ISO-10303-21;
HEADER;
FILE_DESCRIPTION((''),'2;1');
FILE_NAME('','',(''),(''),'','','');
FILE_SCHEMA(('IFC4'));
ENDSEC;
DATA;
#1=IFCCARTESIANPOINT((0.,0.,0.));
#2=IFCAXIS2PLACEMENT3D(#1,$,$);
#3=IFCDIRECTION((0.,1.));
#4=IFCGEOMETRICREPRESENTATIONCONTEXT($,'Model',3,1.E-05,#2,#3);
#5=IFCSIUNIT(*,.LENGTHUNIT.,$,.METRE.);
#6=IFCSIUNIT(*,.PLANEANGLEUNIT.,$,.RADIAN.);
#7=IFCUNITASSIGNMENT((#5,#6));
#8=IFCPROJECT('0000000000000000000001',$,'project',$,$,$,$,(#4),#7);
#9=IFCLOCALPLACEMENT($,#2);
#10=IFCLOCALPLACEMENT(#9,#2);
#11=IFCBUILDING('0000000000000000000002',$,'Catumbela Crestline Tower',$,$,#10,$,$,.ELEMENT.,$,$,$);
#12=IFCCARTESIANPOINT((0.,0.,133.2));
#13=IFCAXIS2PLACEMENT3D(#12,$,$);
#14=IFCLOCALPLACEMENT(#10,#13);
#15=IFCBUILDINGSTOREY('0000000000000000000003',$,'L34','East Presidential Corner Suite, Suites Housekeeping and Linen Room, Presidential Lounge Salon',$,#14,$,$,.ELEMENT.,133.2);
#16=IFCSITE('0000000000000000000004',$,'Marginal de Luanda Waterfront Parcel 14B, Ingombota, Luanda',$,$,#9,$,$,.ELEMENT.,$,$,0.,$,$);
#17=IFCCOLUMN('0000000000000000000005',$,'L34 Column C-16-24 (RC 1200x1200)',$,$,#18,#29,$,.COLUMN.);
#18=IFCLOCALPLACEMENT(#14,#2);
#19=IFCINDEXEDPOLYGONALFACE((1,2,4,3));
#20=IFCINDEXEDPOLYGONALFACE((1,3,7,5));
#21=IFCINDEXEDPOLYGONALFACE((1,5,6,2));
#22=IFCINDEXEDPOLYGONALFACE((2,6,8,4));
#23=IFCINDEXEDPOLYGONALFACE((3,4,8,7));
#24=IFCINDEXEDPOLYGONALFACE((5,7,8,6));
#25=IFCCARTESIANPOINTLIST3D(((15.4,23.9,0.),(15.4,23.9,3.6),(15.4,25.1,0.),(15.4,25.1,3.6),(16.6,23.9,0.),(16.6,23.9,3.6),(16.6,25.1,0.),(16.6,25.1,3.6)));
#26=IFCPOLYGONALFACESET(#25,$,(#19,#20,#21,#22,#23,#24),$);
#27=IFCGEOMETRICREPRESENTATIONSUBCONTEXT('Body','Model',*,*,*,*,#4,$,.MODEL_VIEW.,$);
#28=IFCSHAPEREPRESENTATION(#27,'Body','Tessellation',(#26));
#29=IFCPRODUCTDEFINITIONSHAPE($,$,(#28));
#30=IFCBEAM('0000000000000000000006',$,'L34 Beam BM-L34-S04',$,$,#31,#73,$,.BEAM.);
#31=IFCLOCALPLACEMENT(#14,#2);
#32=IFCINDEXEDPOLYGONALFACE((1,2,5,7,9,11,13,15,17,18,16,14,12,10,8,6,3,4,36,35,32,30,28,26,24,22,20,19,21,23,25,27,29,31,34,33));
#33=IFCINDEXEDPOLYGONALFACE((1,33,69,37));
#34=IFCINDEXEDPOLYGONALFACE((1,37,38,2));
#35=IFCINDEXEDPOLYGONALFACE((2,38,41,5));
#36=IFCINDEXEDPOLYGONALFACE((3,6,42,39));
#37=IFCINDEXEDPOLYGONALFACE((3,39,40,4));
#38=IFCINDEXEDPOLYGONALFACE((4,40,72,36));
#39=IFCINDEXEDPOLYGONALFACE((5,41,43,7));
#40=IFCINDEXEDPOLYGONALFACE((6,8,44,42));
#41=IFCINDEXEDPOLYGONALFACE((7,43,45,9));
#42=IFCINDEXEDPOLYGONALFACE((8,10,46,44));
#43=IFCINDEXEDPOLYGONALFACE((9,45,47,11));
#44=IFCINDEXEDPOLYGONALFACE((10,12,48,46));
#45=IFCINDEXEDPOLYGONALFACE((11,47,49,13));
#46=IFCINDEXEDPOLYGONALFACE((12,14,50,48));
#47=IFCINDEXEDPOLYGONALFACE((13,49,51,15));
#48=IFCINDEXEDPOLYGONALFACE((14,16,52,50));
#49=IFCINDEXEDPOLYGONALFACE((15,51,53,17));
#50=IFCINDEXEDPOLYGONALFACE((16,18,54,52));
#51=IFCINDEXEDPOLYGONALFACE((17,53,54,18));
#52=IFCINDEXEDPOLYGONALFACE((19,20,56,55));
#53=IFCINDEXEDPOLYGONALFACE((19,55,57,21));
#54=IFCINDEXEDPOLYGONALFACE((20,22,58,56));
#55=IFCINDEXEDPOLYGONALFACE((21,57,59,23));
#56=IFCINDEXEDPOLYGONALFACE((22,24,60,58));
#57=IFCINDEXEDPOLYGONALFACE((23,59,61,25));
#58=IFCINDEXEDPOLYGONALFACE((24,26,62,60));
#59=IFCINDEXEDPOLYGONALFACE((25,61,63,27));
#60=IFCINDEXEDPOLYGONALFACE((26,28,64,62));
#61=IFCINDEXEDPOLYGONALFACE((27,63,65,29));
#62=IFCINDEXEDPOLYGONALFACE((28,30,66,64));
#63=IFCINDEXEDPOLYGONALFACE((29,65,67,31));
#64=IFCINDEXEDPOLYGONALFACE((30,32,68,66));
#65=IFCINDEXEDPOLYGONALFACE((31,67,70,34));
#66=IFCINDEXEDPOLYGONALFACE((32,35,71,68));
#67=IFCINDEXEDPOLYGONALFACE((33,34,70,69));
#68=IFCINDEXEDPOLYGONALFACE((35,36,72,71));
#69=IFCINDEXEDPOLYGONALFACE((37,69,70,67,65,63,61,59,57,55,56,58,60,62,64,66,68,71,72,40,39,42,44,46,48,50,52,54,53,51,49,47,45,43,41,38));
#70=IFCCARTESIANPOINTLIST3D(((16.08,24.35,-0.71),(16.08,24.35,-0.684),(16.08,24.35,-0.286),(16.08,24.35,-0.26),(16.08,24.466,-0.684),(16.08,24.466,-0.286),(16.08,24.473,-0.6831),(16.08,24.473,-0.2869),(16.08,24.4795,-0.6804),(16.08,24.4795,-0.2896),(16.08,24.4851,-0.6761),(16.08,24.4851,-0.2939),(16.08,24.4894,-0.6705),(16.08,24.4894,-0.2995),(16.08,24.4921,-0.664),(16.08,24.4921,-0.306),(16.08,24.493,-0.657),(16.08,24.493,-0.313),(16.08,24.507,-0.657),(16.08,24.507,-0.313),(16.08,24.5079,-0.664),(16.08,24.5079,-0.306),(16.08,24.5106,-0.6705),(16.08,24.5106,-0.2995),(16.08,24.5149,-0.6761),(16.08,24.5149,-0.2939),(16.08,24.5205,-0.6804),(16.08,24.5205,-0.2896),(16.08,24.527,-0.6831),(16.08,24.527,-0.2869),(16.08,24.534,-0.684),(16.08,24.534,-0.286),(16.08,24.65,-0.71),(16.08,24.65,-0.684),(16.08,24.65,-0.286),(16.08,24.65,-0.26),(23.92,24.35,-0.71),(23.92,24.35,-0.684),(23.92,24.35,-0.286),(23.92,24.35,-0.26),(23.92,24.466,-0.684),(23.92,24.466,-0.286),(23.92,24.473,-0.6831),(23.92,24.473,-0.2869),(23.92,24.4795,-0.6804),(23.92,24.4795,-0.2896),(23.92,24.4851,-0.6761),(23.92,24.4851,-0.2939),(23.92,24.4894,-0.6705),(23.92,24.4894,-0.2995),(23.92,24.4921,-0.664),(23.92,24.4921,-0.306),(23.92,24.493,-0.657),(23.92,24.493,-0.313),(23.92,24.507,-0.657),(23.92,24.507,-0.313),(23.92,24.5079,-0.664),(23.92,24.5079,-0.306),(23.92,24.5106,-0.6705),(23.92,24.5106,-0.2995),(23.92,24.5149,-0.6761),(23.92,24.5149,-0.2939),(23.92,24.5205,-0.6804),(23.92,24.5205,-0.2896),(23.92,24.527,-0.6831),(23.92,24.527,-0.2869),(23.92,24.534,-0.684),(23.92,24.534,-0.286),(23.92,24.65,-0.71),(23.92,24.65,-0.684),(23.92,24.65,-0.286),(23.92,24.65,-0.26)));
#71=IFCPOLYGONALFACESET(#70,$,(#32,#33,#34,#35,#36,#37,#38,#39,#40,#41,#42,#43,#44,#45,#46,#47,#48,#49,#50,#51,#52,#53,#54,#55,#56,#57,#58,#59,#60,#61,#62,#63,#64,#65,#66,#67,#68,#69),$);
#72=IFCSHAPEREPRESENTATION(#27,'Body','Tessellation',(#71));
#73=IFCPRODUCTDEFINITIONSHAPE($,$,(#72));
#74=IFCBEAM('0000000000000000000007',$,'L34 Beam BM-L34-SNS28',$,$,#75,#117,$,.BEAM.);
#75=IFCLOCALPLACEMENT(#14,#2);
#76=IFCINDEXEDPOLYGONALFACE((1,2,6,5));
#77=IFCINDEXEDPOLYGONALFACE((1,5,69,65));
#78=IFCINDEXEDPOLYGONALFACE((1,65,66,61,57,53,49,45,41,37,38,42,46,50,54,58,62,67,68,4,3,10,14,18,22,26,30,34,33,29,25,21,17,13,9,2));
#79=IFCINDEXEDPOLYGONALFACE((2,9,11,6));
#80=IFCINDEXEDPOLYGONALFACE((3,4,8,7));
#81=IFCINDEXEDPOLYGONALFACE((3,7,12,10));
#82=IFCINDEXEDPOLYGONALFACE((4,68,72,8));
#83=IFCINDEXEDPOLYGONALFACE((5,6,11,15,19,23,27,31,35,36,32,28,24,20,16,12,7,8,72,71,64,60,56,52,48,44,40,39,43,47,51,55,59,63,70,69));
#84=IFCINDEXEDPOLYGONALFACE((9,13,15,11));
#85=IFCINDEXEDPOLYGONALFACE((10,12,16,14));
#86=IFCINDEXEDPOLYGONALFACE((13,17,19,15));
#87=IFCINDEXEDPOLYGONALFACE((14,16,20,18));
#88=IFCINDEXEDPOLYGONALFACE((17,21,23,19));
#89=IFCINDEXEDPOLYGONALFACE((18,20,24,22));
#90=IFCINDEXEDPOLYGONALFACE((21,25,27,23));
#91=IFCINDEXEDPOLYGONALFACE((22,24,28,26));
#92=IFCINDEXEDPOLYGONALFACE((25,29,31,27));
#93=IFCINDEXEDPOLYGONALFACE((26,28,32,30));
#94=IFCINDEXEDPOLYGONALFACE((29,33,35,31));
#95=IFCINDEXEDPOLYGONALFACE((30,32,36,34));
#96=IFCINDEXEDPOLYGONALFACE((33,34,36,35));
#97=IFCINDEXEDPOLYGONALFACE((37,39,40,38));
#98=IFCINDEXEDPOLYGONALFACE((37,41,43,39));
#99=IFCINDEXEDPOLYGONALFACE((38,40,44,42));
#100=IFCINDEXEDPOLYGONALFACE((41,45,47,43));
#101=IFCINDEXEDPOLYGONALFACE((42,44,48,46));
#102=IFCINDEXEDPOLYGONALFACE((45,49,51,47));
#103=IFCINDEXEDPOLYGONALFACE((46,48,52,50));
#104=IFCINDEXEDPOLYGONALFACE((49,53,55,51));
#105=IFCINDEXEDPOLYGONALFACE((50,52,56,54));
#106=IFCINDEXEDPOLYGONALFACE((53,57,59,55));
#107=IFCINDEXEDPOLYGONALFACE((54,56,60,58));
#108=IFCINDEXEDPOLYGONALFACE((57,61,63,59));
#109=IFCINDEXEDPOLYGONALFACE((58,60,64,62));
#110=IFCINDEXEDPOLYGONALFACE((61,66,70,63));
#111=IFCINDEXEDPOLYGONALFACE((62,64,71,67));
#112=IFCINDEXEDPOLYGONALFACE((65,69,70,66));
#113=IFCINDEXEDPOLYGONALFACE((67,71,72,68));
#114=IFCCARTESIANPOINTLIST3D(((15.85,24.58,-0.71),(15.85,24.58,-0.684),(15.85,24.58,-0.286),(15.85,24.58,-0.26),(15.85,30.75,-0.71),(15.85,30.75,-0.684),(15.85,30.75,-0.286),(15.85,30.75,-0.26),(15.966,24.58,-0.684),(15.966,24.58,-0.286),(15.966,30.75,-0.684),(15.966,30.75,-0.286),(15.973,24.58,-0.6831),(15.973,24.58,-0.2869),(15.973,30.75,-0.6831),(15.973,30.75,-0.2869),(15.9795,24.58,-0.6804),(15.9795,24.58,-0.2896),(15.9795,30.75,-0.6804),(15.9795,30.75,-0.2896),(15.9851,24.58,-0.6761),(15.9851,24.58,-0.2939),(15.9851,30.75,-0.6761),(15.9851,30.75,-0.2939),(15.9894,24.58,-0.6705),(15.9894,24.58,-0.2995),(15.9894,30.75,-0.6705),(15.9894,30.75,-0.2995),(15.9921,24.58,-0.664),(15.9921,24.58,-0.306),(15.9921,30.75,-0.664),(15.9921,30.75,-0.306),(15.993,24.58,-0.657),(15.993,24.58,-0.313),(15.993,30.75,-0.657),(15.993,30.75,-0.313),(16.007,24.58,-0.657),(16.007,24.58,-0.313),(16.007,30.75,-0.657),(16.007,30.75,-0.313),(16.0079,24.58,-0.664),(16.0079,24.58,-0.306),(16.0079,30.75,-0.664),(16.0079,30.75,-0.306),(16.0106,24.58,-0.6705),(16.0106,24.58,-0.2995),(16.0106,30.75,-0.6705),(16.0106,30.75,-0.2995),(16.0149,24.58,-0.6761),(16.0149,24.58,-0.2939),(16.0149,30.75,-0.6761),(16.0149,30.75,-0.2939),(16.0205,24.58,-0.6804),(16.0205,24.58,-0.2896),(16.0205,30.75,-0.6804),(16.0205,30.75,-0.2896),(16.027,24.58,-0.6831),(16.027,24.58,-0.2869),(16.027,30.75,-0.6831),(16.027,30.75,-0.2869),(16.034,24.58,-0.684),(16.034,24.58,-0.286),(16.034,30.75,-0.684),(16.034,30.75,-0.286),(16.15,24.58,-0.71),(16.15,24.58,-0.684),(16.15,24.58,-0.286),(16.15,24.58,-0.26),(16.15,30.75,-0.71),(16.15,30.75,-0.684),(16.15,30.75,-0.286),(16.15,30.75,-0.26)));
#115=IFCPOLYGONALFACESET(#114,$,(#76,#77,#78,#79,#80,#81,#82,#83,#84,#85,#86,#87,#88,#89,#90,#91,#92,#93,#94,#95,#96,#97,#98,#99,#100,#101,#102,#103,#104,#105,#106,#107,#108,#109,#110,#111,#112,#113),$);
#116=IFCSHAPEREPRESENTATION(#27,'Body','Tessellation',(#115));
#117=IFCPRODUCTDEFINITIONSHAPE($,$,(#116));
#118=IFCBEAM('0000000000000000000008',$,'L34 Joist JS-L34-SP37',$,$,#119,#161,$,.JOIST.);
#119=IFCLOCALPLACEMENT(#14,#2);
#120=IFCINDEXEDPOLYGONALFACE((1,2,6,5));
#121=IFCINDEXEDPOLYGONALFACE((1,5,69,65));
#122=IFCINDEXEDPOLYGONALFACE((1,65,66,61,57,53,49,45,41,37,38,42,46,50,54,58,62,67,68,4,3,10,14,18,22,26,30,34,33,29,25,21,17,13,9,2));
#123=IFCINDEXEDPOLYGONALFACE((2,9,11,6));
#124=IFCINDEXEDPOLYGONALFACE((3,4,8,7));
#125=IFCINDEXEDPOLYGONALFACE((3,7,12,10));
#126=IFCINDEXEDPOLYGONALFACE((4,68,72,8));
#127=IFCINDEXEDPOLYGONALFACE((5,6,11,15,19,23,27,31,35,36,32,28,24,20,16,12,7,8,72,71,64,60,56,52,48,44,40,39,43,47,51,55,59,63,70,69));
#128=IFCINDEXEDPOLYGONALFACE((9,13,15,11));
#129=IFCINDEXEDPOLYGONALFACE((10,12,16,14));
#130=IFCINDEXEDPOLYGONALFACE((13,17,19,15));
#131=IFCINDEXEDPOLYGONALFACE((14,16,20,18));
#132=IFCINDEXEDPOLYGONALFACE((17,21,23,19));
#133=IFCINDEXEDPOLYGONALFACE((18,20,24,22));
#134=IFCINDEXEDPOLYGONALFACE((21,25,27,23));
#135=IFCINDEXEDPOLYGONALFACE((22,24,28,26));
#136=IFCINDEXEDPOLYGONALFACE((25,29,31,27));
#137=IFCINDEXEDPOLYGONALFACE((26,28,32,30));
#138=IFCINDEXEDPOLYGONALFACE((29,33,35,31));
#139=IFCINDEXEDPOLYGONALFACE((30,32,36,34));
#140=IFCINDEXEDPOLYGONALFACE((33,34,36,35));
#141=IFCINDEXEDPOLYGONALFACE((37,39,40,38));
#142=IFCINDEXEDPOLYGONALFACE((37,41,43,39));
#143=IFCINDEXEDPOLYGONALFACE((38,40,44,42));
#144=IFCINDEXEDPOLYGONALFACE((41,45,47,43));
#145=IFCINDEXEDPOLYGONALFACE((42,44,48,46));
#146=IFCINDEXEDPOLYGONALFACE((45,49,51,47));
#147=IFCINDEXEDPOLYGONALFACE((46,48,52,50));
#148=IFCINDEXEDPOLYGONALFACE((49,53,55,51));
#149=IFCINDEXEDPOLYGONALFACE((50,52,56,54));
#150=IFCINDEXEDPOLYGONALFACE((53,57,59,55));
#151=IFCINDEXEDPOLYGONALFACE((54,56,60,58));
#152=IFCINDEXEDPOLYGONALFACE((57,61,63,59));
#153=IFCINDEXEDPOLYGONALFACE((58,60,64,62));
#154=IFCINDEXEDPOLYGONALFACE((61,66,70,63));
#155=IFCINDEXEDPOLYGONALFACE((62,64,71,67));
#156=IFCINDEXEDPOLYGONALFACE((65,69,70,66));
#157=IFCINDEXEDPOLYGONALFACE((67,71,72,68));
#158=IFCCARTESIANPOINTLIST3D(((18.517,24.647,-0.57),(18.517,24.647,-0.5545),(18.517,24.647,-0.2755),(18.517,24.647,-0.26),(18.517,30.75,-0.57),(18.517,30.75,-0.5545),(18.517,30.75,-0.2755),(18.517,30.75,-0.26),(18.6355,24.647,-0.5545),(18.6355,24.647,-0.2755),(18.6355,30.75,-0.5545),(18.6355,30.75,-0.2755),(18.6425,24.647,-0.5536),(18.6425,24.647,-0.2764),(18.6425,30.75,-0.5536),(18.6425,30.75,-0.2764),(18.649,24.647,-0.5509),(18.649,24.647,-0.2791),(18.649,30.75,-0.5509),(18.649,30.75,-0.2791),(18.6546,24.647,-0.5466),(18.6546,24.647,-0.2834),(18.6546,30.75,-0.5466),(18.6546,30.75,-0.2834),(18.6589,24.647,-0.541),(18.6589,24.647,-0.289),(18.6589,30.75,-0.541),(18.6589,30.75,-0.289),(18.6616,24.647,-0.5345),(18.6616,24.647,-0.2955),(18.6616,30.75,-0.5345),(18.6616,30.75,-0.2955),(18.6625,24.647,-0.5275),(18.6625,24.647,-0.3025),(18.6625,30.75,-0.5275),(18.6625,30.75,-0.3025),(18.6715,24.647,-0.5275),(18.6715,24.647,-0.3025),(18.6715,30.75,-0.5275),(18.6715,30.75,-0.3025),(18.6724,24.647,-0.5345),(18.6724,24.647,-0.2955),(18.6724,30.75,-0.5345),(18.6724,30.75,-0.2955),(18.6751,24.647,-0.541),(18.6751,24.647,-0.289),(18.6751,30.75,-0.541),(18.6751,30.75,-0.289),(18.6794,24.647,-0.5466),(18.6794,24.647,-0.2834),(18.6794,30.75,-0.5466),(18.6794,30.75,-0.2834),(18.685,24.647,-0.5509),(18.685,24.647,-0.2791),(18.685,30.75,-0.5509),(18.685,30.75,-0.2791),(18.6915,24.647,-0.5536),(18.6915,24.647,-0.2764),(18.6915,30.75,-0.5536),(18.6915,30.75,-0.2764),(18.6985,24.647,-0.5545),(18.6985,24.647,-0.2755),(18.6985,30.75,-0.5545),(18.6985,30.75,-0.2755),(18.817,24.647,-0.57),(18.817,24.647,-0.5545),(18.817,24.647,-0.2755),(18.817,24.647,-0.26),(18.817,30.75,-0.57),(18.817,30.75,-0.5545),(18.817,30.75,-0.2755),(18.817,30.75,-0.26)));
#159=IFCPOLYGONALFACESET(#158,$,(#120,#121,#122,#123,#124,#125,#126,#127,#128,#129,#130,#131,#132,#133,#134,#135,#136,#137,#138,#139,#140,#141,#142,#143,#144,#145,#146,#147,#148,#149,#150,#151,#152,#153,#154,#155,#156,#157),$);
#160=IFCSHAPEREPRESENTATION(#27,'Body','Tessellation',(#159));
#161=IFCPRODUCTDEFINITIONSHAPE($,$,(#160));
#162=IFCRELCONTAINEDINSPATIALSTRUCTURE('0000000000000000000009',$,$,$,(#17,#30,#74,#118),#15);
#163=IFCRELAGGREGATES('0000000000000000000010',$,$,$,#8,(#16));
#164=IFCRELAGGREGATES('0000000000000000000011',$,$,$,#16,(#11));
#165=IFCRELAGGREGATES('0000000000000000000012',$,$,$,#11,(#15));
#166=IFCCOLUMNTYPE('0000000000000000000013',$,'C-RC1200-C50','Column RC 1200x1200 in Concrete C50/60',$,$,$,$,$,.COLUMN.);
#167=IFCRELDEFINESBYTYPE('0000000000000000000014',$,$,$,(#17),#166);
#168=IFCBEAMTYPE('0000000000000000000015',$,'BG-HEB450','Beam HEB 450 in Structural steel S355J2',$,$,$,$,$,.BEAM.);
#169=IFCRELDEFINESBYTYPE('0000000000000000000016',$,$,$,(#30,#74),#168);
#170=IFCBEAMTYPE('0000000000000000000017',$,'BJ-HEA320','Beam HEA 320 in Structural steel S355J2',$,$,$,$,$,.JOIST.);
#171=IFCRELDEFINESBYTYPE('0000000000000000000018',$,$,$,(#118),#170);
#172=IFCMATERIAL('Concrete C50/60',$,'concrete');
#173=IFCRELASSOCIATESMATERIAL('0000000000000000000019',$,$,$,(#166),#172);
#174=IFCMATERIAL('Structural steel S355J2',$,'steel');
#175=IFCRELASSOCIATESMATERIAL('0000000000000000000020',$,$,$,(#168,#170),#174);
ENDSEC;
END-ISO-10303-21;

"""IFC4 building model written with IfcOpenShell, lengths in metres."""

from ifc_helpers import new_model, si_unit, direction, frame, origin, origin_2d, place, context, subcontext, project, spatial, rectangle, i_section, extrude, material, material_profile, profile_set, type_object, element, save


model = new_model("IFC4")

# Units and contexts
model_context = context("Model", 3, precision=1e-05, world=origin(), true_north=direction((0.0, 1.0)))
body_context = subcontext(model_context, "Body", "Model", "MODEL_VIEW")
ifc_project = project(units=[si_unit("LENGTHUNIT", "METRE"), si_unit("PLANEANGLEUNIT", "RADIAN")], contexts=[model_context])

# Site, building, storey
site_placement = place(None, origin())
site = spatial("IfcSite", under=ifc_project, at=site_placement, Name="Marginal de Luanda Waterfront Parcel 14B, Ingombota, Luanda", CompositionType="ELEMENT", RefElevation=0.0)
building_placement = place(site_placement, origin())
building = spatial("IfcBuilding", under=site, at=building_placement, Name="Catumbela Crestline Tower", CompositionType="ELEMENT")
storey_placement = place(building_placement, frame((0.0, 0.0, 133.2)))
storey = spatial("IfcBuildingStorey", under=building, at=storey_placement, Name="L34", Description="East Presidential Corner Suite, Suites Housekeeping and Linen Room, Presidential Lounge Salon", CompositionType="ELEMENT", Elevation=133.2)

# Column
ifc_material_1 = material(Name="Concrete C50/60", Category="concrete")
ifc_material_profile_1 = material_profile(ifc_material_1, rectangle(XDim=1.2, YDim=1.2, at=origin_2d()), Name="RC 1200x1200")
ifc_profile_set_1 = profile_set([ifc_material_profile_1], Name="Concrete C50/60")
column_type = type_object("IfcColumnType", Name="C-RC1200-C50", Description="Column RC 1200x1200 in Concrete C50/60", PredefinedType="COLUMN", material=ifc_profile_set_1)
column_placement = place(storey_placement, frame((16.0, 24.5, 0.0), z_axis=(0.0, 0.0, 1.0), x_axis=(1.0, 0.0, 0.0)))
element("IfcColumn", 1, at=column_placement, inside=storey, type_object=column_type, Name="L34 Column C-16-24 (RC 1200x1200)", PredefinedType="COLUMN", context=body_context, shape_type="SweptSolid", body=[
    extrude(rectangle(XDim=1.2, YDim=1.2, at=origin_2d()), origin(), (0.0, 0.0, 1.0), 3.6),
])

# Beams
ifc_material_2 = material(Name="Structural steel S355J2", Category="steel")
ifc_material_profile_2 = material_profile(ifc_material_2, i_section(OverallWidth=0.3, OverallDepth=0.45, WebThickness=0.014, FlangeThickness=0.026, FilletRadius=0.027, at=origin_2d()), Name="HEB 450")
ifc_profile_set_2 = profile_set([ifc_material_profile_2], Name="Structural steel S355J2")
beam_type_1 = type_object("IfcBeamType", Name="BG-HEB450", Description="Beam HEB 450 in Structural steel S355J2", PredefinedType="BEAM", material=ifc_profile_set_2)
beam_1_placement = place(storey_placement, frame((16.08, 24.5, -0.485), z_axis=(1.0, 0.0, 0.0), x_axis=(0.0, 1.0, 0.0)))
element("IfcBeam", 2, at=beam_1_placement, inside=storey, type_object=beam_type_1, Name="L34 Beam BM-L34-S04", PredefinedType="BEAM", context=body_context, shape_type="SweptSolid", body=[
    extrude(i_section(OverallWidth=0.3, OverallDepth=0.45, WebThickness=0.014, FlangeThickness=0.026, FilletRadius=0.027, at=origin_2d()), origin(), (0.0, 0.0, 1.0), 7.84),
])
beam_2_placement = place(storey_placement, frame((16.0, 24.58, -0.485), z_axis=(0.0, 1.0, 0.0), x_axis=(-1.0, 0.0, 0.0)))
element("IfcBeam", 3, at=beam_2_placement, inside=storey, type_object=beam_type_1, Name="L34 Beam BM-L34-SNS28", PredefinedType="BEAM", context=body_context, shape_type="SweptSolid", body=[
    extrude(i_section(OverallWidth=0.3, OverallDepth=0.45, WebThickness=0.014, FlangeThickness=0.026, FilletRadius=0.027, at=origin_2d()), origin(), (0.0, 0.0, 1.0), 6.17),
])
ifc_material_profile_3 = material_profile(ifc_material_2, i_section(OverallWidth=0.3, OverallDepth=0.31, WebThickness=0.009, FlangeThickness=0.0155, FilletRadius=0.027, at=origin_2d()), Name="HEA 320")
ifc_profile_set_3 = profile_set([ifc_material_profile_3], Name="Structural steel S355J2")
beam_type_2 = type_object("IfcBeamType", Name="BJ-HEA320", Description="Beam HEA 320 in Structural steel S355J2", PredefinedType="JOIST", material=ifc_profile_set_3)
beam_3_placement = place(storey_placement, frame((18.667, 24.647, -0.415), z_axis=(0.0, 1.0, 0.0), x_axis=(-1.0, 0.0, 0.0)))
element("IfcBeam", 4, at=beam_3_placement, inside=storey, type_object=beam_type_2, Name="L34 Joist JS-L34-SP37", PredefinedType="JOIST", context=body_context, shape_type="SweptSolid", body=[
    extrude(i_section(OverallWidth=0.3, OverallDepth=0.31, WebThickness=0.009, FlangeThickness=0.0155, FilletRadius=0.027, at=origin_2d()), origin(), (0.0, 0.0, 1.0), 6.103),
])

save(model, "model.ifc")
